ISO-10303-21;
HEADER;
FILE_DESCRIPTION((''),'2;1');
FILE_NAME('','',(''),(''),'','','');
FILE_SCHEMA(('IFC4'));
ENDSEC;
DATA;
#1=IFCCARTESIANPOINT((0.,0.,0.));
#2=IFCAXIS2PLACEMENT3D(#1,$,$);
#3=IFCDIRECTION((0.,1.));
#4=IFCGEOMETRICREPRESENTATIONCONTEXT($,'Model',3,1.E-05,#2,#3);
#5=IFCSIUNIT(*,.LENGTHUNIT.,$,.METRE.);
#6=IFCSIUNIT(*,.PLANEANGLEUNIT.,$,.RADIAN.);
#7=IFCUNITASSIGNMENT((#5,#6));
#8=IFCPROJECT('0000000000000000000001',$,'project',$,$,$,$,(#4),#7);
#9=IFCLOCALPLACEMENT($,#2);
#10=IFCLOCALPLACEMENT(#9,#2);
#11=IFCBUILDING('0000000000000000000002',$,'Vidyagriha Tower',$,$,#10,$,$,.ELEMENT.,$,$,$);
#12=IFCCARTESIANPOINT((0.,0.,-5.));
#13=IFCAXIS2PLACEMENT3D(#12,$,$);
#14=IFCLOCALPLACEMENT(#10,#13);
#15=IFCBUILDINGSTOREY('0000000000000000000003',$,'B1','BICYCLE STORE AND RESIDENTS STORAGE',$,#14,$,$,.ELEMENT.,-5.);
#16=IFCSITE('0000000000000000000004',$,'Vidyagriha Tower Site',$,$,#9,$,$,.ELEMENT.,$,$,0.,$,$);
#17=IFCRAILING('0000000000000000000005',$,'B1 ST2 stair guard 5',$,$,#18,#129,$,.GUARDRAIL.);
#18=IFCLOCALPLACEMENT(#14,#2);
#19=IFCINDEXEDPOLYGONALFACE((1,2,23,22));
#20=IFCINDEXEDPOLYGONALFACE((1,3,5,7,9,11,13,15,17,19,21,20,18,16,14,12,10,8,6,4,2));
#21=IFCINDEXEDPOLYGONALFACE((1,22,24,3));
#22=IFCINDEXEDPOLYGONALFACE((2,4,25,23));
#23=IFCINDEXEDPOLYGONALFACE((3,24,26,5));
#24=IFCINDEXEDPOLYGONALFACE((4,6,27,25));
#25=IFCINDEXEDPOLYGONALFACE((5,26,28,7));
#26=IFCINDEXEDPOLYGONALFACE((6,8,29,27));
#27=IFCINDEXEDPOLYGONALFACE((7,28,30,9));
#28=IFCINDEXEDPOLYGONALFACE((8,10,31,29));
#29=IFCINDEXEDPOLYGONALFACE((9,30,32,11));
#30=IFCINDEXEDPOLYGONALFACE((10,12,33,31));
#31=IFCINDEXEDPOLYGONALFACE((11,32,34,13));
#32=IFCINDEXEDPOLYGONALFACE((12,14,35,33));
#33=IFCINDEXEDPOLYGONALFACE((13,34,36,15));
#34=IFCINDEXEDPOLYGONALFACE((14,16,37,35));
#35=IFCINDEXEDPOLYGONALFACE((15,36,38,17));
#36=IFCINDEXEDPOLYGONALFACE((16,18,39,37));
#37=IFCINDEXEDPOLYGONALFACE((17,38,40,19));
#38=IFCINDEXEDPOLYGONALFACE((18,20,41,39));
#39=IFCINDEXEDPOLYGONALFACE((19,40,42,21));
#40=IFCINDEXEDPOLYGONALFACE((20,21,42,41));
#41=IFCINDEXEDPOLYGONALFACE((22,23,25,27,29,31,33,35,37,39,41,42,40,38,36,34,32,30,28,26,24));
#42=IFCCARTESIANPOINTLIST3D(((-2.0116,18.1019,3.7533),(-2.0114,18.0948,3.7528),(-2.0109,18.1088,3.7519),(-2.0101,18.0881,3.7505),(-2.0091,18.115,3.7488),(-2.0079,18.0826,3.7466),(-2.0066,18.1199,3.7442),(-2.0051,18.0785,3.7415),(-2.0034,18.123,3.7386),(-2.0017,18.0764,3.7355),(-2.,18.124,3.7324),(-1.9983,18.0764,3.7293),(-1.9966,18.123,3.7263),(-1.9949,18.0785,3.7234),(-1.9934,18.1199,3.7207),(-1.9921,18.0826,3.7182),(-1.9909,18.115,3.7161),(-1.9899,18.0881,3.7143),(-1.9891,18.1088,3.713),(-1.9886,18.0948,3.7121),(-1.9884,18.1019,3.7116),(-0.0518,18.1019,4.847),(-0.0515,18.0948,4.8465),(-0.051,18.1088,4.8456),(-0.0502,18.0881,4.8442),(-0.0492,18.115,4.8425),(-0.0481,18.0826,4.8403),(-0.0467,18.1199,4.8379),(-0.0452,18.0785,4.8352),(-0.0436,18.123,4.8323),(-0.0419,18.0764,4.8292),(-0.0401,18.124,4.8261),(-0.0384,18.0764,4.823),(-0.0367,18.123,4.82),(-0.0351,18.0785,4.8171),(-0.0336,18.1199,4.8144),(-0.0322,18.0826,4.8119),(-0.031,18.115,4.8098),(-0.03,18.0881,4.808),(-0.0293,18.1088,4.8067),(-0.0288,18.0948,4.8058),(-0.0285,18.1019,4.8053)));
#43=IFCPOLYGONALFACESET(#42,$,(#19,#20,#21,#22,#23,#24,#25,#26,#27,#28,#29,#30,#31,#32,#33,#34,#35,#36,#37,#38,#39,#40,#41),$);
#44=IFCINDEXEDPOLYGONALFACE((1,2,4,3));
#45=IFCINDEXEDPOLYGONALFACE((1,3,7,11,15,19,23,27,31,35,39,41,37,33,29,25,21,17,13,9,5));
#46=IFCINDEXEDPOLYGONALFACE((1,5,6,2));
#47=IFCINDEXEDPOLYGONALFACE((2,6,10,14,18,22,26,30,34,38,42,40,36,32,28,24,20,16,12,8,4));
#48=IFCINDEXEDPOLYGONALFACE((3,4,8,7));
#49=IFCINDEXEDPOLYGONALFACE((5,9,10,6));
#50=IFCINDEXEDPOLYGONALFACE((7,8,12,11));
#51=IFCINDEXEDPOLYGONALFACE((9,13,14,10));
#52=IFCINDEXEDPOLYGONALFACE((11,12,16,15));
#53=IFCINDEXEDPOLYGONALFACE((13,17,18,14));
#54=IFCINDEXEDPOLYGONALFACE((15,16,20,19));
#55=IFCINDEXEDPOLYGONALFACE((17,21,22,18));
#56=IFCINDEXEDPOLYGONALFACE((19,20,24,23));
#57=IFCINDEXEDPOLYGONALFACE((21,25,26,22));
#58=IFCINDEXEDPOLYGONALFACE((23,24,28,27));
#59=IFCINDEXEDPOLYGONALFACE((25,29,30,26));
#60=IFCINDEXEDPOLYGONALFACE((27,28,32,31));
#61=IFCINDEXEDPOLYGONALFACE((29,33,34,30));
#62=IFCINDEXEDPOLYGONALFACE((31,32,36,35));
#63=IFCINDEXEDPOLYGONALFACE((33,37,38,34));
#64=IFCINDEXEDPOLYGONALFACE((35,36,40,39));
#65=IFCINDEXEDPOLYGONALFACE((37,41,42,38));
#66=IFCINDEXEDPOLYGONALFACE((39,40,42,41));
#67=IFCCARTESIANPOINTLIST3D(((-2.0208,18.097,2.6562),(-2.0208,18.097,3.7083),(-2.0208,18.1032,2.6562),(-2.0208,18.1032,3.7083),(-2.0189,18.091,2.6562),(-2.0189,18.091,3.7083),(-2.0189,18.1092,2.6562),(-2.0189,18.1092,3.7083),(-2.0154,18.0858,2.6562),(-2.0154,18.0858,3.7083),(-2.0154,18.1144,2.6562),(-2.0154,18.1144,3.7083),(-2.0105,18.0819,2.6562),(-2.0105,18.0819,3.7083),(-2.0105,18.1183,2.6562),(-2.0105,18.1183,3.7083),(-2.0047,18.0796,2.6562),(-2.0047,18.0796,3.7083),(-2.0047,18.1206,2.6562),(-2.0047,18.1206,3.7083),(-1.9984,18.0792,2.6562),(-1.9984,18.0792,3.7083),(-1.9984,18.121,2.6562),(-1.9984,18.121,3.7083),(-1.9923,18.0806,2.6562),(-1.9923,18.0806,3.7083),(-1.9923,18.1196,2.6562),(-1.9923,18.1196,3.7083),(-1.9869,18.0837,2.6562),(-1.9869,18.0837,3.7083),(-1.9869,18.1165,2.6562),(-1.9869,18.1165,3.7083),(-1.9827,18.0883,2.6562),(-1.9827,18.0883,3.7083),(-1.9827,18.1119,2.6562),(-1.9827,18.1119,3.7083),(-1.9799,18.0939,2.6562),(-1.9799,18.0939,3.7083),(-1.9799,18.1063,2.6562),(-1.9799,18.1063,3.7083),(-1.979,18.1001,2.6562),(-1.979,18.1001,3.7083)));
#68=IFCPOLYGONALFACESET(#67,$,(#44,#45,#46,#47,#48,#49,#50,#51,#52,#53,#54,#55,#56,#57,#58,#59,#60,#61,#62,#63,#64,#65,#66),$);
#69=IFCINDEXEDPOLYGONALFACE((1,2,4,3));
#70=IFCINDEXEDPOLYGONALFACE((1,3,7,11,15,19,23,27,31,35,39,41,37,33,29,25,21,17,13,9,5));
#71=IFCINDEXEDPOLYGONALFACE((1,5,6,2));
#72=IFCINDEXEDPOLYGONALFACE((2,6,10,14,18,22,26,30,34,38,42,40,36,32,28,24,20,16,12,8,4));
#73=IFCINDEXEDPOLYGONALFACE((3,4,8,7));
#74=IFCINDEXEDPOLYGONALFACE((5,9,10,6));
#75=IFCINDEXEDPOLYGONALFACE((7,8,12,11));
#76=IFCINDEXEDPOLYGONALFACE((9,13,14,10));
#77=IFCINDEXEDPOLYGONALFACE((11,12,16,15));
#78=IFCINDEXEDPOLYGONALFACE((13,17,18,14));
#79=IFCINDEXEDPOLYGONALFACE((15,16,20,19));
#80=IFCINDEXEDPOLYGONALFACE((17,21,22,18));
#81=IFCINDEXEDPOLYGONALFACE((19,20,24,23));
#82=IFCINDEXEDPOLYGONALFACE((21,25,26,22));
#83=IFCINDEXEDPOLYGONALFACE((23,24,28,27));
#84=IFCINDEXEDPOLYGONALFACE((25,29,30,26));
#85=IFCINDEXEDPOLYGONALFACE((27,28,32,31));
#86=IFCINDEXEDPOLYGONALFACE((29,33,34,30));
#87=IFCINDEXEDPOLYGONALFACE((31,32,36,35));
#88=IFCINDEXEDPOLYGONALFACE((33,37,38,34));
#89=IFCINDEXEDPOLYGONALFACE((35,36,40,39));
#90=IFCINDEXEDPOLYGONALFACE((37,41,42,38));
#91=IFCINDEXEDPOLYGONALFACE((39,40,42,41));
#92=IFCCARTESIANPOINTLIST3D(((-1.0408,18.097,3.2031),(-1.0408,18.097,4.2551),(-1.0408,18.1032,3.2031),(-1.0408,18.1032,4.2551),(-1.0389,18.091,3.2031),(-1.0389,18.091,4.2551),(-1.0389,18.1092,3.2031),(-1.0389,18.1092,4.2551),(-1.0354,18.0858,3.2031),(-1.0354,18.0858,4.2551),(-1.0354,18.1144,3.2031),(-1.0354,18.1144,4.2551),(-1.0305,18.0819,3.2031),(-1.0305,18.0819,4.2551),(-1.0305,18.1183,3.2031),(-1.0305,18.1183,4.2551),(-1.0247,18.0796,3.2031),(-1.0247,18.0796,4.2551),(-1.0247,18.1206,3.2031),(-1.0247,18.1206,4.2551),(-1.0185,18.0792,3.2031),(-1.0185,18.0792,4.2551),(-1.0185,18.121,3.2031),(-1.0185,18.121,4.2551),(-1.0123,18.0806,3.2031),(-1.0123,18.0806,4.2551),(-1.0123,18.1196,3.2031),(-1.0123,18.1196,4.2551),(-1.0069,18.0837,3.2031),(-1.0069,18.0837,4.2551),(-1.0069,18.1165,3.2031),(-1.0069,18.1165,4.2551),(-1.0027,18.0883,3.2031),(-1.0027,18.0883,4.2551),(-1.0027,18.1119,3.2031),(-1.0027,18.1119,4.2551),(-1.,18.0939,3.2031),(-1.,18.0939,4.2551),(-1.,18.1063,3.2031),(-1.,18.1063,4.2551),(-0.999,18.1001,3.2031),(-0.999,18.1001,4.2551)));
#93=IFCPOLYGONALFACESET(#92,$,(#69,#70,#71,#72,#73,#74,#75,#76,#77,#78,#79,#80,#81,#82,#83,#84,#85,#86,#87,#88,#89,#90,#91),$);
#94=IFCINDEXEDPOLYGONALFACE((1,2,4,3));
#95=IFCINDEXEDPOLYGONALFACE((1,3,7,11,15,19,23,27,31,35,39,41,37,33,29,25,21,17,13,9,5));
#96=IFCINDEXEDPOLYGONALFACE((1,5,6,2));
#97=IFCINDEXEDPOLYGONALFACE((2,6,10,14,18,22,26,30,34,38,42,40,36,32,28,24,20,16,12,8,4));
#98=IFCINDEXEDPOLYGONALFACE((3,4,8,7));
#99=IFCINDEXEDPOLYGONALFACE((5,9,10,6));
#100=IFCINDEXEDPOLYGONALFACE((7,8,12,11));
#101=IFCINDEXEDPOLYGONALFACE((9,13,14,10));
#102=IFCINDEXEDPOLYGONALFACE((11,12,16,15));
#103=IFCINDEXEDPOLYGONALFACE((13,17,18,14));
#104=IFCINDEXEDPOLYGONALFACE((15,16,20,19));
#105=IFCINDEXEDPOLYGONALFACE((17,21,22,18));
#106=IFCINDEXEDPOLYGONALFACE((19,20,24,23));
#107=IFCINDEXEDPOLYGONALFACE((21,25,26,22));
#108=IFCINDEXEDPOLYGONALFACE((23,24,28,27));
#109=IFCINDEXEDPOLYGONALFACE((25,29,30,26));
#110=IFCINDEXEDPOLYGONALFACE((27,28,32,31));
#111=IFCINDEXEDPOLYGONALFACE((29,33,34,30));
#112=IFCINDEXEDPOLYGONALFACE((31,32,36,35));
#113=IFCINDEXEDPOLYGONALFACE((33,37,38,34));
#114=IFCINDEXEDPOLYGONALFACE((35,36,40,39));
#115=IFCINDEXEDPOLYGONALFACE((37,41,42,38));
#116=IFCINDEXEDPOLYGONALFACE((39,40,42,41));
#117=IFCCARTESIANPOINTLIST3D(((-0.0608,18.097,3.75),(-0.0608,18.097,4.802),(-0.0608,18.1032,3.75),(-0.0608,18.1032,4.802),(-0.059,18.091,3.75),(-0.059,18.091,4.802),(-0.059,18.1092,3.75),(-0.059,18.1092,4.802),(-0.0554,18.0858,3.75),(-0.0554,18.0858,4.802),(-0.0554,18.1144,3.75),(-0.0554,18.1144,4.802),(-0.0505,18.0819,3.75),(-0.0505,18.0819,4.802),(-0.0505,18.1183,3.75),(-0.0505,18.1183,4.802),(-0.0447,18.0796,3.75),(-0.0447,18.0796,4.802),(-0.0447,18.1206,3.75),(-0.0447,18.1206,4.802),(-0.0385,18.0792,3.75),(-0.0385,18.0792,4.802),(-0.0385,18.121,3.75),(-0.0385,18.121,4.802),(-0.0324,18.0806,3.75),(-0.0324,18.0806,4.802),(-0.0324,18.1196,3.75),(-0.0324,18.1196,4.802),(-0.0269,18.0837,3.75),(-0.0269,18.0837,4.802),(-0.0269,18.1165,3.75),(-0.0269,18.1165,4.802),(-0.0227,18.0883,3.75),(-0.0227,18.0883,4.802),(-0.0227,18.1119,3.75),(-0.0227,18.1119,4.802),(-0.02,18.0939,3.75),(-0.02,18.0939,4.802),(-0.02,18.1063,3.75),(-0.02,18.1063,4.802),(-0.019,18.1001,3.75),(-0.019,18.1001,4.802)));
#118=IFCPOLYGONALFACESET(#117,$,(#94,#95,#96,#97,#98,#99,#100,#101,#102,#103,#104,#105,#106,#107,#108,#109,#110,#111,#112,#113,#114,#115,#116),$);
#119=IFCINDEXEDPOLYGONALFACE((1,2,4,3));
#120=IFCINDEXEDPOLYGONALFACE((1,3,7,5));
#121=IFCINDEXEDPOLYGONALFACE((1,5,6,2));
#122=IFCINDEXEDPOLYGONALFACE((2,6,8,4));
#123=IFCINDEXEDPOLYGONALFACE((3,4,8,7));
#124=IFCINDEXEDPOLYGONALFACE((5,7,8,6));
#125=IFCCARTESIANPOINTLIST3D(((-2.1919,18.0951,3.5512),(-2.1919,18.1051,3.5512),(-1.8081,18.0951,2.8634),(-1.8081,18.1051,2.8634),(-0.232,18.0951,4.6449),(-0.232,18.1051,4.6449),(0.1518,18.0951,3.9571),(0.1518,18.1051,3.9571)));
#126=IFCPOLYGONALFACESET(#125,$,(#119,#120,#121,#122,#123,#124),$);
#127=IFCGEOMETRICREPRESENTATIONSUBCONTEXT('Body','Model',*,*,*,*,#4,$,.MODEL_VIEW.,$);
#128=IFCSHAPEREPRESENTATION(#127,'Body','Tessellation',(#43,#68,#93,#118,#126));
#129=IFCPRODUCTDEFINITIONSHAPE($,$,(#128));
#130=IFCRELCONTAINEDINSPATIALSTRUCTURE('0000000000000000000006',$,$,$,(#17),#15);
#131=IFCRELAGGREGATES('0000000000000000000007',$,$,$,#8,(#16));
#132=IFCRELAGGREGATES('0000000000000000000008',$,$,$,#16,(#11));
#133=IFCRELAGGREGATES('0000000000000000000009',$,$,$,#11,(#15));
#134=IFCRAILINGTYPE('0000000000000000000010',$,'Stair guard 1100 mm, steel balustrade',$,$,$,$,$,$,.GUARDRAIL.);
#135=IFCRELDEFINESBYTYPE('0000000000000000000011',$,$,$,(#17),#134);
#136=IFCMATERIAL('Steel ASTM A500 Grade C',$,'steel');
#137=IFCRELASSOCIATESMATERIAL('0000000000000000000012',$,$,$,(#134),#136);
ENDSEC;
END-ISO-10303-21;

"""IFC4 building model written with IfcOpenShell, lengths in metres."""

from ifc_helpers import new_model, si_unit, direction, frame, origin, origin_2d, place, context, subcontext, project, spatial, rectangle, circle, extrude, material, type_object, element, save


model = new_model("IFC4")

# Units and contexts
model_context = context("Model", 3, precision=1e-05, world=origin(), true_north=direction((0.0, 1.0)))
body_context = subcontext(model_context, "Body", "Model", "MODEL_VIEW")
ifc_project = project(units=[si_unit("LENGTHUNIT", "METRE"), si_unit("PLANEANGLEUNIT", "RADIAN")], contexts=[model_context])

# Site, building, storey
site_placement = place(None, origin())
site = spatial("IfcSite", under=ifc_project, at=site_placement, Name="Vidyagriha Tower Site", CompositionType="ELEMENT", RefElevation=0.0)
building_placement = place(site_placement, origin())
building = spatial("IfcBuilding", under=site, at=building_placement, Name="Vidyagriha Tower", CompositionType="ELEMENT")
storey_placement = place(building_placement, frame((0.0, 0.0, -5.0)))
storey = spatial("IfcBuildingStorey", under=building, at=storey_placement, Name="B1", Description="BICYCLE STORE AND RESIDENTS STORAGE", CompositionType="ELEMENT", Elevation=-5.0)

# Railing
ifc_material_1 = material(Name="Steel ASTM A500 Grade C", Category="steel")
railing_type_1 = type_object("IfcRailingType", Name="Stair guard 1100 mm, steel balustrade", PredefinedType="GUARDRAIL", material=ifc_material_1)
railing_1_placement = place(storey_placement, frame((-2.0, 18.1001, 2.6562)))
element("IfcRailing", 1, at=railing_1_placement, inside=storey, type_object=railing_type_1, Name="B1 ST2 stair guard 5", PredefinedType="GUARDRAIL", context=body_context, shape_type="SweptSolid", body=[
    extrude(circle(Radius=0.0239, at=origin_2d()), frame((0.0, 0.0, 1.0762), z_axis=(0.873232, 0.0, 0.487304), x_axis=(0.0, 1.0, 0.0)), (0.0, 0.0, 1.0), 2.2444),
    extrude(circle(Radius=0.021, at=origin_2d()), origin(), (0.0, 0.0, 1.0), 1.052),
    extrude(circle(Radius=0.021, at=origin_2d()), frame((0.98, 0.0, 0.5469)), (0.0, 0.0, 1.0), 1.052),
    extrude(circle(Radius=0.021, at=origin_2d()), frame((1.96, 0.0, 1.0938)), (0.0, 0.0, 1.0), 1.052),
    extrude(rectangle(XDim=0.01, YDim=0.7876, at=origin_2d()), frame((0.0, 0.0, 0.551), z_axis=(0.873232, 0.0, 0.487304), x_axis=(0.0, 1.0, 0.0)), (0.0, 0.0, 1.0), 2.2444),
])

save(model, "model.ifc")
